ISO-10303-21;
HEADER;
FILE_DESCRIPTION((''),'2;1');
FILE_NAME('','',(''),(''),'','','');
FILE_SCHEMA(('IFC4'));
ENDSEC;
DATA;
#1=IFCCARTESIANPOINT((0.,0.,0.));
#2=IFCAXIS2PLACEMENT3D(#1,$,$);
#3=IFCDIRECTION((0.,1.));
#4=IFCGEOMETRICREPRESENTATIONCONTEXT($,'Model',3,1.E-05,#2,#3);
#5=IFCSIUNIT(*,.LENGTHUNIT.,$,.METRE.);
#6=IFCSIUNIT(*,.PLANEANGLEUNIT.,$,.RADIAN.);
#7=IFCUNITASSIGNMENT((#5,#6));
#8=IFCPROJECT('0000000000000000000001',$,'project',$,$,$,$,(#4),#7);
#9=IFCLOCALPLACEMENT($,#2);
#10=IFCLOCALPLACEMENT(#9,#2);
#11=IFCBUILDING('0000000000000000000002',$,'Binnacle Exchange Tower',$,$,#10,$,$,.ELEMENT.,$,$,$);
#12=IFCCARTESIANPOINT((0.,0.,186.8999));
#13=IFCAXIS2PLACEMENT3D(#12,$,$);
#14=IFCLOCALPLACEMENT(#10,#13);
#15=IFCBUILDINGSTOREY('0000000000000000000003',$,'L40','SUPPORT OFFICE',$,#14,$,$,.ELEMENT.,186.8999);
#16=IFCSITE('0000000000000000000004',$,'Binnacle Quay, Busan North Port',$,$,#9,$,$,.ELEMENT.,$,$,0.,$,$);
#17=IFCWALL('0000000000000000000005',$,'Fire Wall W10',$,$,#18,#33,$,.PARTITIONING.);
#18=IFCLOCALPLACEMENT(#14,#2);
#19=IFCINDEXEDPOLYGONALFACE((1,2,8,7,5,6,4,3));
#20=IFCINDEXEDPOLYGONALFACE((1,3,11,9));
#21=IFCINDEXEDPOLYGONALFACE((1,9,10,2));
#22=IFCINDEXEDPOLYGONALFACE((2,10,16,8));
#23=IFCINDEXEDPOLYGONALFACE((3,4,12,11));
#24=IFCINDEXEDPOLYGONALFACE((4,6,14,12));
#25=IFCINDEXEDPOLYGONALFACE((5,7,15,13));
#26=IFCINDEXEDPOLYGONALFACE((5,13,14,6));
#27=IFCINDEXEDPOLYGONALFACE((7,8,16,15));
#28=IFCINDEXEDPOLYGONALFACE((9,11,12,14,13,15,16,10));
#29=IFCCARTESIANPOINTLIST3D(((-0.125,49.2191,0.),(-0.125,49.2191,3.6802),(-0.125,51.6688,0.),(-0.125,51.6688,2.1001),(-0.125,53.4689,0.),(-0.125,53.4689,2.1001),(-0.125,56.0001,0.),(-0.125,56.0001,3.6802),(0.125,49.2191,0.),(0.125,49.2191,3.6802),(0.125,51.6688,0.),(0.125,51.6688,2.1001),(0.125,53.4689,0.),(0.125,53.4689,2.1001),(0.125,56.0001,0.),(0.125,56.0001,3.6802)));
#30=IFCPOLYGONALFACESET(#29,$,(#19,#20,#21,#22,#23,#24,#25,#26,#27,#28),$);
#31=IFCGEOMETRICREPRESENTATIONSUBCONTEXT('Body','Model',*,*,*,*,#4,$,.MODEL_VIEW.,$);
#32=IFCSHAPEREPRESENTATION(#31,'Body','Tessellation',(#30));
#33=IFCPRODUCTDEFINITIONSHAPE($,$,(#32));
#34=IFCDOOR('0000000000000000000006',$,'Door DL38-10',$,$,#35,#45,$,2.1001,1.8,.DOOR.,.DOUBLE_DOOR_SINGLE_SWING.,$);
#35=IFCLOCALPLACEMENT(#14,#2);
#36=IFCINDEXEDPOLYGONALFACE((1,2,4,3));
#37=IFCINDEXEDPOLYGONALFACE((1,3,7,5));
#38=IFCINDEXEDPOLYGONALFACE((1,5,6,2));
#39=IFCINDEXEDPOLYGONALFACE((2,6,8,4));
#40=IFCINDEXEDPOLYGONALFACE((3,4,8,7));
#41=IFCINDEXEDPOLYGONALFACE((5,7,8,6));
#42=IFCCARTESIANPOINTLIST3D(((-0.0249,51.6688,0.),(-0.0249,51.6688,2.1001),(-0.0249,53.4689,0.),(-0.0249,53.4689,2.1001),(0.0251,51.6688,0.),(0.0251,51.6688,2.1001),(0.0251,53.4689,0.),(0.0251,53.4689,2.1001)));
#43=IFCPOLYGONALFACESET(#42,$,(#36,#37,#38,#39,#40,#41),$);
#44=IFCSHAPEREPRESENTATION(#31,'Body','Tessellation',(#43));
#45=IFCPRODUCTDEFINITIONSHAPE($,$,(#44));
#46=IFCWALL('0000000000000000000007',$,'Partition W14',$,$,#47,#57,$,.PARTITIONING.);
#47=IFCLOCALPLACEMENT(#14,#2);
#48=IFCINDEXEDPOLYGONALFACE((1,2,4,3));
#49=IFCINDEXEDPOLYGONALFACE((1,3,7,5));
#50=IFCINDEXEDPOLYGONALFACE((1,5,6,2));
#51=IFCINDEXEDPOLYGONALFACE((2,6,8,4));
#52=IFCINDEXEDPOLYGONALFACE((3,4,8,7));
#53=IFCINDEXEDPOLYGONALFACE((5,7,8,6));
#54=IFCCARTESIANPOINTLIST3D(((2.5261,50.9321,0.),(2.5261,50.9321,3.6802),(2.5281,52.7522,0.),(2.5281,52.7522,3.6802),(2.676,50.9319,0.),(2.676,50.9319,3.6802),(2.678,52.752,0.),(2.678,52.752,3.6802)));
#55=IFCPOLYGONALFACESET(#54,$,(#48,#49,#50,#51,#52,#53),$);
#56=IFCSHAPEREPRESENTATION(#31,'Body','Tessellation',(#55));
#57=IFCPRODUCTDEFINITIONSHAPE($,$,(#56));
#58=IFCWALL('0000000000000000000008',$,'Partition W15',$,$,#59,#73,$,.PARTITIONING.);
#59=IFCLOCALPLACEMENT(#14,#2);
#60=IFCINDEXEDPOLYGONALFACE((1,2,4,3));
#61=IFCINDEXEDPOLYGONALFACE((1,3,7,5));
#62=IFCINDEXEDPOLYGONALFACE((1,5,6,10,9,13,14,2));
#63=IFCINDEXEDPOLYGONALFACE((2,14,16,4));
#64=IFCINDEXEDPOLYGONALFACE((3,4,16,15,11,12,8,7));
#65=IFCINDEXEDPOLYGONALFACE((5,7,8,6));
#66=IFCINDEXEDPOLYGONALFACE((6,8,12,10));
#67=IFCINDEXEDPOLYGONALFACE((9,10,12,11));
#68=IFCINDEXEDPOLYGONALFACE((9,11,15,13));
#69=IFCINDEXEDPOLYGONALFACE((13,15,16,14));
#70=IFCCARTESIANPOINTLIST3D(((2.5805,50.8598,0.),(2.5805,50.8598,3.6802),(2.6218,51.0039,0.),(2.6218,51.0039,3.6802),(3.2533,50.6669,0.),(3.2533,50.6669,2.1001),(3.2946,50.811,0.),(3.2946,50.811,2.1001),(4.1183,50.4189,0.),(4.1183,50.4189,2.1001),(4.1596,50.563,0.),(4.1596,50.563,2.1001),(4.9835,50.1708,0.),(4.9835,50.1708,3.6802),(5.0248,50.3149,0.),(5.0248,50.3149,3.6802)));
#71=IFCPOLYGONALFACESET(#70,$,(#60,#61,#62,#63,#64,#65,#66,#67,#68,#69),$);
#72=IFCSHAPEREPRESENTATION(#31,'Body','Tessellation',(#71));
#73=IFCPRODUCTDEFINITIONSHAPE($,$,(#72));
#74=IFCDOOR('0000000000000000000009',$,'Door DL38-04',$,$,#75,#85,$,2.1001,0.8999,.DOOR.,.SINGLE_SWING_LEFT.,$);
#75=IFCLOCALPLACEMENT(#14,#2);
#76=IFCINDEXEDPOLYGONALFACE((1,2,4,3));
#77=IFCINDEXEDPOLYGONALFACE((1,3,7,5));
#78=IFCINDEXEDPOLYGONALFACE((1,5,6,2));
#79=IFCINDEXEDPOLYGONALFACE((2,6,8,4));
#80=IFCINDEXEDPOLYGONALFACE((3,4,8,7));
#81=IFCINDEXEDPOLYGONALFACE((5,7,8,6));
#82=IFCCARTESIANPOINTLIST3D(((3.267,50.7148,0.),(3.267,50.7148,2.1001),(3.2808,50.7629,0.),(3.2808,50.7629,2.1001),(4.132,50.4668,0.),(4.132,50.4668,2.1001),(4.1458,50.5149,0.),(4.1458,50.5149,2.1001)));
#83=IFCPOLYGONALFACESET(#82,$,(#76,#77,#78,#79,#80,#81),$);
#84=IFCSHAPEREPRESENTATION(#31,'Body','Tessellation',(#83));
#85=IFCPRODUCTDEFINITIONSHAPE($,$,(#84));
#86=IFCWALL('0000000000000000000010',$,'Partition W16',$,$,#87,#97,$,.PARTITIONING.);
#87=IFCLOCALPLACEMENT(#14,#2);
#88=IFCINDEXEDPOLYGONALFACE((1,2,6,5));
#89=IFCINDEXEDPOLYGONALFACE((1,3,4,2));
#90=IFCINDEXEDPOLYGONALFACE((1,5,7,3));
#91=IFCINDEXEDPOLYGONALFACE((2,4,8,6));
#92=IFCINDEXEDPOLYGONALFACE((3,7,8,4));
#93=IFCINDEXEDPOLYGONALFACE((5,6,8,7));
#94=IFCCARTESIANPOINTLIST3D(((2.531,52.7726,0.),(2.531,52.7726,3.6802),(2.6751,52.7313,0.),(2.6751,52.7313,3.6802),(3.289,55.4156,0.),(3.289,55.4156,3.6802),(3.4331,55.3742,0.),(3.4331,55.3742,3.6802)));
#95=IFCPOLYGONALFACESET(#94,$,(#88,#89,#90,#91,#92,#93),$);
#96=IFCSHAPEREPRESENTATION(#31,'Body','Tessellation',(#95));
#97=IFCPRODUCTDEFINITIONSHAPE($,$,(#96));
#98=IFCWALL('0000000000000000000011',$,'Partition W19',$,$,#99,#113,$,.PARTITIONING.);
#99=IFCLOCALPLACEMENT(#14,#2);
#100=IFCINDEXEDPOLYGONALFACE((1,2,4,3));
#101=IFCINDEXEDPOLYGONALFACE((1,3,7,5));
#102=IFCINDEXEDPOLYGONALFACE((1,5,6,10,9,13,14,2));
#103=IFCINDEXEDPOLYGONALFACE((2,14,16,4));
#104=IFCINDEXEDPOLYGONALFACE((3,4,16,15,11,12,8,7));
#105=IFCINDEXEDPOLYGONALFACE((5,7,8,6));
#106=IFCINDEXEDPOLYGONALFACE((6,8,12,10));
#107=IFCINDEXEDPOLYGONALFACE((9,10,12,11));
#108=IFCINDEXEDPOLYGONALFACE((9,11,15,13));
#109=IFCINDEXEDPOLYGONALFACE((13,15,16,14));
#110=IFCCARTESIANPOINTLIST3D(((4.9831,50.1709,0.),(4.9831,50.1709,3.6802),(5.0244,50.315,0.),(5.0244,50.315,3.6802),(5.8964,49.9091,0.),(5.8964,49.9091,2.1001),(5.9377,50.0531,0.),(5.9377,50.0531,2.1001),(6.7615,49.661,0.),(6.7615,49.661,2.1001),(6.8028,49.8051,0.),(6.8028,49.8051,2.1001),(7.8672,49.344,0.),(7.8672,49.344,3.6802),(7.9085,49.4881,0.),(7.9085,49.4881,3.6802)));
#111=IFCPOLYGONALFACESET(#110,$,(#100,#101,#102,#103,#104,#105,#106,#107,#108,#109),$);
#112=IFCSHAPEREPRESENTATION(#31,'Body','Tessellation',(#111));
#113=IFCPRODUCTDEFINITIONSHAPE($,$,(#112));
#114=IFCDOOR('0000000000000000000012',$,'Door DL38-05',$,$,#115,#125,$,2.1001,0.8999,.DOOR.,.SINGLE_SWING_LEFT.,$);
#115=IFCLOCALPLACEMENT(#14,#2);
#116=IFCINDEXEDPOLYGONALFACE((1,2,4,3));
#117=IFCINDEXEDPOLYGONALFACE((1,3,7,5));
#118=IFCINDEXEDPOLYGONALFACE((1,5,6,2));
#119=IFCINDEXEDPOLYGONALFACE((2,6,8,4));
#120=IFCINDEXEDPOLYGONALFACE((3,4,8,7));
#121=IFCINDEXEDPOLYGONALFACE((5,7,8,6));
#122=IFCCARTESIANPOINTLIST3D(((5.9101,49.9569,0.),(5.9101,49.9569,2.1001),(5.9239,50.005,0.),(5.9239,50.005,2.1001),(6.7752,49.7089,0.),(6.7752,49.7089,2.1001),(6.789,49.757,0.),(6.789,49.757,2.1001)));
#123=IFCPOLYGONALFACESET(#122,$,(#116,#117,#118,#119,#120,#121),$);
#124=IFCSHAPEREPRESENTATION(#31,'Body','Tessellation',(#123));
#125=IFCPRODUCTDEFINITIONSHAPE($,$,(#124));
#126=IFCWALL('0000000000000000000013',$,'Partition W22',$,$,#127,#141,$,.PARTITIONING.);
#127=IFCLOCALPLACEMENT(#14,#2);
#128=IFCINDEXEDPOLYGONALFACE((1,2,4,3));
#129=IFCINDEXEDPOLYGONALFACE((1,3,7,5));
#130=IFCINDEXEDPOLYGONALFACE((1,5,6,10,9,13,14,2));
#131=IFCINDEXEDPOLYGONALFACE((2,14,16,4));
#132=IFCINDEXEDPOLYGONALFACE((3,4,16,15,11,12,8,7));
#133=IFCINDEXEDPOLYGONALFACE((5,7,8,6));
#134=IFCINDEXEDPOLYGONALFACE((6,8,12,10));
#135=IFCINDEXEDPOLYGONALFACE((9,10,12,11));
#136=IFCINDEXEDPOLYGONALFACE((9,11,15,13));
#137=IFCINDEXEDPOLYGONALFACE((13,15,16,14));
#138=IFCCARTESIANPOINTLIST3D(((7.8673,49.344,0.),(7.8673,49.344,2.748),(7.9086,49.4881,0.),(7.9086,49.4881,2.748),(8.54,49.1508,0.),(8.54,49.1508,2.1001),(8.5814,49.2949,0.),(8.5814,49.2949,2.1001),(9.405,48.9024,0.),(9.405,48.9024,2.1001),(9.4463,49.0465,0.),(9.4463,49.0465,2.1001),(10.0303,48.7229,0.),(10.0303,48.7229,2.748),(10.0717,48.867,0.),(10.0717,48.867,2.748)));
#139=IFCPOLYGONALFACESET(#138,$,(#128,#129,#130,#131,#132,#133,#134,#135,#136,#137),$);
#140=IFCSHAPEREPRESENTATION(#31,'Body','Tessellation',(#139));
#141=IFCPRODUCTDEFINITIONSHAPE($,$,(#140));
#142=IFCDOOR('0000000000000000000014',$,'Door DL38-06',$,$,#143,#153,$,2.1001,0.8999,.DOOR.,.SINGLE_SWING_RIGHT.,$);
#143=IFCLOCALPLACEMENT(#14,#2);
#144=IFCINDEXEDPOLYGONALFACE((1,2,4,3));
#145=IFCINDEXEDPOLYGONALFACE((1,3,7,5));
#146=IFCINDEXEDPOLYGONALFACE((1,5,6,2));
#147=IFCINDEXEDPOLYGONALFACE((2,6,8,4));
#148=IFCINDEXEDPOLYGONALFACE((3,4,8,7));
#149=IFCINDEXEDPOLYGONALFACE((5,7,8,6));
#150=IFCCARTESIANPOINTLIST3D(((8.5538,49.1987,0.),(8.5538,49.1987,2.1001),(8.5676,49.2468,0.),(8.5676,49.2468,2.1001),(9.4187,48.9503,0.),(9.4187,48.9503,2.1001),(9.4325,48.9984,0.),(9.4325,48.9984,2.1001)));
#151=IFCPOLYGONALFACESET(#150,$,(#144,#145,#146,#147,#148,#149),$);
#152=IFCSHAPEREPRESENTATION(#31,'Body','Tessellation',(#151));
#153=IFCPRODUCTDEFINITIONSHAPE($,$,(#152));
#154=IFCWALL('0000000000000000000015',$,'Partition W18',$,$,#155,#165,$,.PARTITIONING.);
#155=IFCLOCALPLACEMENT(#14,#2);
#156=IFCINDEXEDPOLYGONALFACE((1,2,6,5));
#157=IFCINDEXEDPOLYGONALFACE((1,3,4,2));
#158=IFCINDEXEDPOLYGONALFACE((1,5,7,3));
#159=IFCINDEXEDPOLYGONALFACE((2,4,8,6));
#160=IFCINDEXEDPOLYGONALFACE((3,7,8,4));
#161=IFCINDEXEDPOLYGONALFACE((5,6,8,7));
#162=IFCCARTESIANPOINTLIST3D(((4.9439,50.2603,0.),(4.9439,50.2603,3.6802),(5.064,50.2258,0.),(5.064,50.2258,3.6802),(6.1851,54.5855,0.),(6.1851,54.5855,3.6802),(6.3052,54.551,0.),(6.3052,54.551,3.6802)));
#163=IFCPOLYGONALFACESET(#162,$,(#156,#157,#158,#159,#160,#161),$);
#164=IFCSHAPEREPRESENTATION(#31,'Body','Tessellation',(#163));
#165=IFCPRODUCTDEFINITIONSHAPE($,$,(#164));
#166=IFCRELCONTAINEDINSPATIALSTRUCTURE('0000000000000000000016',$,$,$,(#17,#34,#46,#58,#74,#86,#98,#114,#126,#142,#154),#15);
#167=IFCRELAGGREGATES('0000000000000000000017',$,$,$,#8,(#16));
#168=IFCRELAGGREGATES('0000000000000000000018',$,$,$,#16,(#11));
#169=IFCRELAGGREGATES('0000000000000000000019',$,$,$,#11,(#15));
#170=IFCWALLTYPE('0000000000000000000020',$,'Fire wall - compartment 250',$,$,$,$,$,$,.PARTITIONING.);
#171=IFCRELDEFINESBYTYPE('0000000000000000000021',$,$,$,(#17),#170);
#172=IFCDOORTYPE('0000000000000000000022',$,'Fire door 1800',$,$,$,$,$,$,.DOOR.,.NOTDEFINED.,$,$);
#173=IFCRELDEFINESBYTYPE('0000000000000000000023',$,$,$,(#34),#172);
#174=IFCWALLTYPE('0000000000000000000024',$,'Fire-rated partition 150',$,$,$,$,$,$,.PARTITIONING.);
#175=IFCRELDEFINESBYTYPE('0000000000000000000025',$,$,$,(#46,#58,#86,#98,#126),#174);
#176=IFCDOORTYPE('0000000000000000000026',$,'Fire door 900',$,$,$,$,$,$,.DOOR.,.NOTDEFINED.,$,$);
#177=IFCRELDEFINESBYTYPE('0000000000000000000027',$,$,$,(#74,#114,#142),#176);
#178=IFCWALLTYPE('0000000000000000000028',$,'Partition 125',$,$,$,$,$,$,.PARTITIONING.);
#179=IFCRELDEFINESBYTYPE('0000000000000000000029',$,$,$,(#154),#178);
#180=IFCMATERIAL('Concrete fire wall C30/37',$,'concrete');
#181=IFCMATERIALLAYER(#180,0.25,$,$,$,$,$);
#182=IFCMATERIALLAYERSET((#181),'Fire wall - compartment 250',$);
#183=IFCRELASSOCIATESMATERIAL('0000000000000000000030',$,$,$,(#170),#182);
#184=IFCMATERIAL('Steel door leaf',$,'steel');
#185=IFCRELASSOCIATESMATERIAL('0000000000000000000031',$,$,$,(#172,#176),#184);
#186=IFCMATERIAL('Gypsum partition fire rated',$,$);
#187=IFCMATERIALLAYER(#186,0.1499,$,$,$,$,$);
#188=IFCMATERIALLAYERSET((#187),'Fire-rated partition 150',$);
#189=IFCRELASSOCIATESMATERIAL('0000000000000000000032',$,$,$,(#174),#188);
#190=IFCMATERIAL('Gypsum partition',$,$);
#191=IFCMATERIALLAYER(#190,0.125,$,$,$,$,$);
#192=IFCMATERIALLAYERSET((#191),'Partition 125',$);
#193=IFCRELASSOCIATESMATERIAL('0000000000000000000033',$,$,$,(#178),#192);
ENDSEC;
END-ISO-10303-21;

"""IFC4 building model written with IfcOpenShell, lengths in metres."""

from ifc_helpers import new_model, si_unit, direction, frame, frame_2d, origin, place, context, subcontext, project, spatial, rectangle, extrude, material, layer, layer_set, type_object, element, fill, save


model = new_model("IFC4")

# Units and contexts
model_context = context("Model", 3, precision=1e-05, world=origin(), true_north=direction((0.0, 1.0)))
body_context = subcontext(model_context, "Body", "Model", "MODEL_VIEW")
ifc_project = project(units=[si_unit("LENGTHUNIT", "METRE"), si_unit("PLANEANGLEUNIT", "RADIAN")], contexts=[model_context])

# Site, building, storey
site_placement = place(None, origin())
site = spatial("IfcSite", under=ifc_project, at=site_placement, Name="Binnacle Quay, Busan North Port", CompositionType="ELEMENT", RefElevation=0.0)
building_placement = place(site_placement, origin())
building = spatial("IfcBuilding", under=site, at=building_placement, Name="Binnacle Exchange Tower", CompositionType="ELEMENT")
storey_placement = place(building_placement, frame((0.0, 0.0, 186.8999)))
storey = spatial("IfcBuildingStorey", under=building, at=storey_placement, Name="L40", Description="SUPPORT OFFICE", CompositionType="ELEMENT", Elevation=186.8999)

# Wall, opening, door
ifc_material_1 = material(Name="Concrete fire wall C30/37", Category="concrete")
ifc_layer_1 = layer(ifc_material_1, 0.25)
ifc_layer_set_1 = layer_set([ifc_layer_1], Name="Fire wall - compartment 250")
wall_type_1 = type_object("IfcWallType", Name="Fire wall - compartment 250", PredefinedType="PARTITIONING", material=ifc_layer_set_1)
wall_1_placement = place(storey_placement, frame((0.0, 49.219, 0.0), z_axis=(0.0, 0.0, 1.0), x_axis=(0.0, 1.0, 0.0)))
wall_1 = element("IfcWall", 1, at=wall_1_placement, inside=storey, type_object=wall_type_1, Name="Fire Wall W10", PredefinedType="PARTITIONING", context=body_context, shape_type="SweptSolid", body=[
    extrude(rectangle(XDim=6.781, YDim=0.25, at=frame_2d((3.3906, 0.0))), origin(), (0.0, 0.0, 1.0), 3.6802),
])
opening_1_placement = place(wall_1_placement, frame((2.45, 0.0, 0.0)))
opening_1 = element("IfcOpeningElement", 2, at=opening_1_placement, cuts=wall_1, PredefinedType="OPENING", context=body_context, shape_type="SweptSolid", body=[
    extrude(rectangle(XDim=1.8, YDim=2.1001, at=frame_2d((0.8999, 1.05))), frame((0.0, 0.135, 0.0), z_axis=(0.0, -1.0, 0.0), x_axis=(1.0, 0.0, 0.0)), (0.0, 0.0, 1.0), 0.27),
])
ifc_material_2 = material(Name="Steel door leaf", Category="steel")
door_type_1 = type_object("IfcDoorType", Name="Fire door 1800", OperationType="NOTDEFINED", PredefinedType="DOOR", material=ifc_material_2)
door_1_placement = place(opening_1_placement, origin())
door_1 = element("IfcDoor", 3, at=door_1_placement, inside=storey, type_object=door_type_1, Name="Door DL38-10", OperationType="DOUBLE_DOOR_SINGLE_SWING", OverallHeight=2.1001, OverallWidth=1.8, PredefinedType="DOOR", context=body_context, shape_type="SweptSolid", body=[
    extrude(rectangle(XDim=1.8, YDim=2.1001, at=frame_2d((0.8999, 1.05))), frame((0.0, 0.0249, 0.0), z_axis=(0.0, -1.0, 0.0), x_axis=(1.0, 0.0, 0.0)), (0.0, 0.0, 1.0), 0.05),
])
fill(opening_1, door_1)

# Wall
ifc_material_3 = material(Name="Gypsum partition fire rated")
ifc_layer_2 = layer(ifc_material_3, 0.1499)
ifc_layer_set_2 = layer_set([ifc_layer_2], Name="Fire-rated partition 150")
wall_type_2 = type_object("IfcWallType", Name="Fire-rated partition 150", PredefinedType="PARTITIONING", material=ifc_layer_set_2)
wall_2_placement = place(storey_placement, frame((2.6011, 50.9319, 0.0), z_axis=(0.0, 0.0, 1.0), x_axis=(0.001073, 0.999999, 0.0)))
element("IfcWall", 4, at=wall_2_placement, inside=storey, type_object=wall_type_2, Name="Partition W14", PredefinedType="PARTITIONING", context=body_context, shape_type="SweptSolid", body=[
    extrude(rectangle(XDim=1.8201, YDim=0.1499, at=frame_2d((0.9102, 0.0))), origin(), (0.0, 0.0, 1.0), 3.6802),
])

# Wall, opening, door
wall_3_placement = place(storey_placement, frame((2.6011, 50.9319, 0.0), z_axis=(0.0, 0.0, 1.0), x_axis=(0.961266, -0.275624, 0.0)))
wall_3 = element("IfcWall", 5, at=wall_3_placement, inside=storey, type_object=wall_type_2, Name="Partition W15", PredefinedType="PARTITIONING", context=body_context, shape_type="SweptSolid", body=[
    extrude(rectangle(XDim=2.4998, YDim=0.1499, at=frame_2d((1.25, 0.0))), origin(), (0.0, 0.0, 1.0), 3.6802),
])
opening_2_placement = place(wall_3_placement, frame((0.7, 0.0, 0.0)))
opening_2 = element("IfcOpeningElement", 6, at=opening_2_placement, cuts=wall_3, PredefinedType="OPENING", context=body_context, shape_type="SweptSolid", body=[
    extrude(rectangle(XDim=0.8999, YDim=2.1001, at=frame_2d((0.45, 1.05))), frame((0.0, 0.085, 0.0), z_axis=(0.0, -1.0, 0.0), x_axis=(1.0, 0.0, 0.0)), (0.0, 0.0, 1.0), 0.1699),
])
door_type_2 = type_object("IfcDoorType", Name="Fire door 900", OperationType="NOTDEFINED", PredefinedType="DOOR", material=ifc_material_2)
door_2_placement = place(opening_2_placement, origin())
door_2 = element("IfcDoor", 7, at=door_2_placement, inside=storey, type_object=door_type_2, Name="Door DL38-04", OperationType="SINGLE_SWING_LEFT", OverallHeight=2.1001, OverallWidth=0.8999, PredefinedType="DOOR", context=body_context, shape_type="SweptSolid", body=[
    extrude(rectangle(XDim=0.8999, YDim=2.1001, at=frame_2d((0.45, 1.05))), frame((0.0, 0.0249, 0.0), z_axis=(0.0, -1.0, 0.0), x_axis=(1.0, 0.0, 0.0)), (0.0, 0.0, 1.0), 0.05),
])
fill(opening_2, door_2)

# Wall
wall_4_placement = place(storey_placement, frame((2.603, 52.752, 0.0), z_axis=(0.0, 0.0, 1.0), x_axis=(0.275694, 0.961245, 0.0)))
element("IfcWall", 8, at=wall_4_placement, inside=storey, type_object=wall_type_2, Name="Partition W16", PredefinedType="PARTITIONING", context=body_context, shape_type="SweptSolid", body=[
    extrude(rectangle(XDim=2.7495, YDim=0.1499, at=frame_2d((1.3748, 0.0))), origin(), (0.0, 0.0, 1.0), 3.6802),
])

# Walls, openings, doors
wall_5_placement = place(storey_placement, frame((5.0039, 50.2429, 0.0), z_axis=(0.0, 0.0, 1.0), x_axis=(0.961269, -0.275613, 0.0)))
wall_5 = element("IfcWall", 9, at=wall_5_placement, inside=storey, type_object=wall_type_2, Name="Partition W19", PredefinedType="PARTITIONING", context=body_context, shape_type="SweptSolid", body=[
    extrude(rectangle(XDim=3.0002, YDim=0.1499, at=frame_2d((1.5, 0.0))), origin(), (0.0, 0.0, 1.0), 3.6802),
])
opening_3_placement = place(wall_5_placement, frame((0.95, 0.0, 0.0)))
opening_3 = element("IfcOpeningElement", 10, at=opening_3_placement, cuts=wall_5, PredefinedType="OPENING", context=body_context, shape_type="SweptSolid", body=[
    extrude(rectangle(XDim=0.8999, YDim=2.1001, at=frame_2d((0.45, 1.05))), frame((0.0, 0.085, 0.0), z_axis=(0.0, -1.0, 0.0), x_axis=(1.0, 0.0, 0.0)), (0.0, 0.0, 1.0), 0.1699),
])
door_3_placement = place(opening_3_placement, origin())
door_3 = element("IfcDoor", 11, at=door_3_placement, inside=storey, type_object=door_type_2, Name="Door DL38-05", OperationType="SINGLE_SWING_LEFT", OverallHeight=2.1001, OverallWidth=0.8999, PredefinedType="DOOR", context=body_context, shape_type="SweptSolid", body=[
    extrude(rectangle(XDim=0.8999, YDim=2.1001, at=frame_2d((0.45, 1.05))), frame((0.0, 0.0249, 0.0), z_axis=(0.0, -1.0, 0.0), x_axis=(1.0, 0.0, 0.0)), (0.0, 0.0, 1.0), 0.05),
])
fill(opening_3, door_3)
wall_6_placement = place(storey_placement, frame((7.8879, 49.416, 0.0), z_axis=(0.0, 0.0, 1.0), x_axis=(0.961163, -0.275982, 0.0)))
wall_6 = element("IfcWall", 12, at=wall_6_placement, inside=storey, type_object=wall_type_2, Name="Partition W22", PredefinedType="PARTITIONING", context=body_context, shape_type="SweptSolid", body=[
    extrude(rectangle(XDim=2.2505, YDim=0.1499, at=frame_2d((1.1252, 0.0))), origin(), (0.0, 0.0, 1.0), 2.748),
])
opening_4_placement = place(wall_6_placement, frame((0.7, 0.0, 0.0)))
opening_4 = element("IfcOpeningElement", 13, at=opening_4_placement, cuts=wall_6, PredefinedType="OPENING", context=body_context, shape_type="SweptSolid", body=[
    extrude(rectangle(XDim=0.8999, YDim=2.1001, at=frame_2d((0.45, 1.05))), frame((0.0, 0.085, 0.0), z_axis=(0.0, -1.0, 0.0), x_axis=(1.0, 0.0, 0.0)), (0.0, 0.0, 1.0), 0.1699),
])
door_4_placement = place(opening_4_placement, origin())
door_4 = element("IfcDoor", 14, at=door_4_placement, inside=storey, type_object=door_type_2, Name="Door DL38-06", OperationType="SINGLE_SWING_RIGHT", OverallHeight=2.1001, OverallWidth=0.8999, PredefinedType="DOOR", context=body_context, shape_type="SweptSolid", body=[
    extrude(rectangle(XDim=0.8999, YDim=2.1001, at=frame_2d((0.45, 1.05))), frame((0.0, 0.0249, 0.0), z_axis=(0.0, -1.0, 0.0), x_axis=(1.0, 0.0, 0.0)), (0.0, 0.0, 1.0), 0.05),
])
fill(opening_4, door_4)

# Wall
ifc_material_4 = material(Name="Gypsum partition")
ifc_layer_3 = layer(ifc_material_4, 0.125)
ifc_layer_set_3 = layer_set([ifc_layer_3], Name="Partition 125")
wall_type_3 = type_object("IfcWallType", Name="Partition 125", PredefinedType="PARTITIONING", material=ifc_layer_set_3)
wall_7_placement = place(storey_placement, frame((5.0039, 50.2429, 0.0), z_axis=(0.0, 0.0, 1.0), x_axis=(0.275839, 0.961204, 0.0)))
element("IfcWall", 15, at=wall_7_placement, inside=storey, type_object=wall_type_3, Name="Partition W18", PredefinedType="PARTITIONING", context=body_context, shape_type="SweptSolid", body=[
    extrude(rectangle(XDim=4.4998, YDim=0.125, at=frame_2d((2.25, 0.0))), origin(), (0.0, 0.0, 1.0), 3.6802),
])

save(model, "model.ifc")
